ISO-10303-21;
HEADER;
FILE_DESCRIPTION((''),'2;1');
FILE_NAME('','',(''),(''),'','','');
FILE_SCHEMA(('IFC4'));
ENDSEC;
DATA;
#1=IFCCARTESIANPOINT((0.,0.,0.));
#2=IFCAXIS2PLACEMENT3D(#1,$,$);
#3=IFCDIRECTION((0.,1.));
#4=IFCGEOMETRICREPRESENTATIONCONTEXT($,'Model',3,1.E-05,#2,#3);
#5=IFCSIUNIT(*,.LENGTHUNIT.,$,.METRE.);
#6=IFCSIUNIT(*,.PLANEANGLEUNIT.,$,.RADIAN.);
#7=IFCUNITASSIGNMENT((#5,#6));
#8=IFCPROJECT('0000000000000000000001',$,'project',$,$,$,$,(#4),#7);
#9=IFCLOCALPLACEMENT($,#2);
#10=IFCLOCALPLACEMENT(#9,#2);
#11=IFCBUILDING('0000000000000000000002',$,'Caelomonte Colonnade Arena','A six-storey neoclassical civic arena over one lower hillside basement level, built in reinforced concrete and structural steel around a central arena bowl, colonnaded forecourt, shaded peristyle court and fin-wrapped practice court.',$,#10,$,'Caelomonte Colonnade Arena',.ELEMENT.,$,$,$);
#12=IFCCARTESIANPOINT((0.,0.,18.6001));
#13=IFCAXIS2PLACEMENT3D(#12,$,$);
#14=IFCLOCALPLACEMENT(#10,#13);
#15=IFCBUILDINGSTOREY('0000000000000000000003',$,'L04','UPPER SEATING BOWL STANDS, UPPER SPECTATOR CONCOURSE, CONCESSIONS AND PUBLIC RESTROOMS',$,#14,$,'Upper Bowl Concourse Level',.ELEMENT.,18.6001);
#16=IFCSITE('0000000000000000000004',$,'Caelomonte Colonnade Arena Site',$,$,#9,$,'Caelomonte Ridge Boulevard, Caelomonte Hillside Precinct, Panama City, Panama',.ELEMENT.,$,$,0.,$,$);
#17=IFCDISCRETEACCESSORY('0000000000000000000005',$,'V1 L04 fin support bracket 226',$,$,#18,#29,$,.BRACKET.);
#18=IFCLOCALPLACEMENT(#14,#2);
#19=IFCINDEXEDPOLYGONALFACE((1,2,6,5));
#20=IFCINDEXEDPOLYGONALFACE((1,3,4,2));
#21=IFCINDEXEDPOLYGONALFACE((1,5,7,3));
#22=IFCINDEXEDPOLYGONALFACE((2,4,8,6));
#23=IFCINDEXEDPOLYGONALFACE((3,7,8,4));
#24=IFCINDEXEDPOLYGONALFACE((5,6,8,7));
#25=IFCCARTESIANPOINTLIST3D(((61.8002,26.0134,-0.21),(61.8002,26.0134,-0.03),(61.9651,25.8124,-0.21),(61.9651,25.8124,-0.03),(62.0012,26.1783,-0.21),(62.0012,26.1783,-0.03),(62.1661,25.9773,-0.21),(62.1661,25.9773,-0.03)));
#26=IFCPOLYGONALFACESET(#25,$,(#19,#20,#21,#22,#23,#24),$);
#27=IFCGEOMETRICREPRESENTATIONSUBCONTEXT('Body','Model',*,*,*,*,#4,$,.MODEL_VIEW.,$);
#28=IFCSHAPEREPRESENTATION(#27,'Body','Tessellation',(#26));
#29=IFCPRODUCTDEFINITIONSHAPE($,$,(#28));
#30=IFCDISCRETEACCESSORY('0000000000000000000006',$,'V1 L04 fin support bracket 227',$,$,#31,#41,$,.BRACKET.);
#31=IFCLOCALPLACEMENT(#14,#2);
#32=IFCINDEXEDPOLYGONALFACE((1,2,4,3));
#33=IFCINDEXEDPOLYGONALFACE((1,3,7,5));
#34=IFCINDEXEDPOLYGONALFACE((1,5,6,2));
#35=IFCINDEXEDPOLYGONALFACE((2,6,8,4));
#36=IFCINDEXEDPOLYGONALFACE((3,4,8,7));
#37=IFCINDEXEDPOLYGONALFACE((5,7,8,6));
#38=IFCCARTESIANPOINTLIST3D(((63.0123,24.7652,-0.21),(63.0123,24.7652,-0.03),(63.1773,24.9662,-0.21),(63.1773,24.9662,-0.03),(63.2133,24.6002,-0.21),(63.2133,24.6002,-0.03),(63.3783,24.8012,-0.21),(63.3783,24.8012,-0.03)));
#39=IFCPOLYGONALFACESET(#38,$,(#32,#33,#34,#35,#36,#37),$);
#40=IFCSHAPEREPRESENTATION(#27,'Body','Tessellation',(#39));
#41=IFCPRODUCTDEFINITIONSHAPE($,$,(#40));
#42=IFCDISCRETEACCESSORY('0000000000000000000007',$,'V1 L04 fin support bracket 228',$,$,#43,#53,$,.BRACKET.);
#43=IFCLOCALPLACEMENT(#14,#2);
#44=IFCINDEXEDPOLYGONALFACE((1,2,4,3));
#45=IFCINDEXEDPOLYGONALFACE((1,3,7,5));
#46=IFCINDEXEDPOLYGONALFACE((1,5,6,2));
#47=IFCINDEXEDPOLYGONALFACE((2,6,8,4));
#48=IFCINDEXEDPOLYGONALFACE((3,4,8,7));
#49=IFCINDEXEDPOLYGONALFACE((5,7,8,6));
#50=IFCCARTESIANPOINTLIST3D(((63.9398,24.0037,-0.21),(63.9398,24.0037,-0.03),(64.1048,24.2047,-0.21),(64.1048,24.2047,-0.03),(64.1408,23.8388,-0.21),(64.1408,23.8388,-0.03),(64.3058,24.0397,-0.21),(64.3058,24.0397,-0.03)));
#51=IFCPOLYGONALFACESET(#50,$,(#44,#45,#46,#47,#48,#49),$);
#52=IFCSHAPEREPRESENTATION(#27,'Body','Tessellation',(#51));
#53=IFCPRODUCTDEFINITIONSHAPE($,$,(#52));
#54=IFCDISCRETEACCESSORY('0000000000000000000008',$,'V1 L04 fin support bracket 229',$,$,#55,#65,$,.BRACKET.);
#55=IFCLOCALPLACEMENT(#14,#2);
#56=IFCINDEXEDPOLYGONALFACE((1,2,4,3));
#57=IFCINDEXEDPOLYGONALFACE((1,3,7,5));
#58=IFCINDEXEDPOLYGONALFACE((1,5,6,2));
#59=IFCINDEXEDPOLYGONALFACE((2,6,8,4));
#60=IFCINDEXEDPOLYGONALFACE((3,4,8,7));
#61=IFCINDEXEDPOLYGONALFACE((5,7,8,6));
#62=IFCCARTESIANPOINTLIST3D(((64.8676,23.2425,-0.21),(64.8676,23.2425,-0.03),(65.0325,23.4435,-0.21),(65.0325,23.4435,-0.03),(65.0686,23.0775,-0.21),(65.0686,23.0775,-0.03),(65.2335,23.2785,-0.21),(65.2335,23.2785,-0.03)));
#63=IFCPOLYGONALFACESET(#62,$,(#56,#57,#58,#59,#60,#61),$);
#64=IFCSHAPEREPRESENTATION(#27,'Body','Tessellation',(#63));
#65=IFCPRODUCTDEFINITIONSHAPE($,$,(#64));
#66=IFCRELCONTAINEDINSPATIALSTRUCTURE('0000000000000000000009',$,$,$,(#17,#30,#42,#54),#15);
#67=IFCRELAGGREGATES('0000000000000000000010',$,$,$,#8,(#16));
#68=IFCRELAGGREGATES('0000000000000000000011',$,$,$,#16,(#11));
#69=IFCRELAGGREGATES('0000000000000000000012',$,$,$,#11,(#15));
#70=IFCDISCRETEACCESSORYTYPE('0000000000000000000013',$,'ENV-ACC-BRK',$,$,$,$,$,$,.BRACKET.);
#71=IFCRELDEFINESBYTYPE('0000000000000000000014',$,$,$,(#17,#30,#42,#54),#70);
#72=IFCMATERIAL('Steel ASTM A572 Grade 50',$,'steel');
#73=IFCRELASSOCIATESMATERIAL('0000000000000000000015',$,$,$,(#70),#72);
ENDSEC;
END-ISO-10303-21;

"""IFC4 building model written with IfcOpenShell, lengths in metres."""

from ifc_helpers import new_model, si_unit, direction, frame, origin, origin_2d, place, context, subcontext, project, spatial, rectangle, extrude, material, type_object, element, save


model = new_model("IFC4")

# Units and contexts
model_context = context("Model", 3, precision=1e-05, world=origin(), true_north=direction((0.0, 1.0)))
body_context = subcontext(model_context, "Body", "Model", "MODEL_VIEW")
ifc_project = project(units=[si_unit("LENGTHUNIT", "METRE"), si_unit("PLANEANGLEUNIT", "RADIAN")], contexts=[model_context])

# Site, building, storey
site_placement = place(None, origin())
site = spatial("IfcSite", under=ifc_project, at=site_placement, Name="Caelomonte Colonnade Arena Site", LongName="Caelomonte Ridge Boulevard, Caelomonte Hillside Precinct, Panama City, Panama", CompositionType="ELEMENT", RefElevation=0.0)
building_placement = place(site_placement, origin())
building = spatial("IfcBuilding", under=site, at=building_placement, Name="Caelomonte Colonnade Arena", Description="A six-storey neoclassical civic arena over one lower hillside basement level, built in reinforced concrete and structural steel around a central arena bowl, colonnaded forecourt, shaded peristyle court and fin-wrapped practice court.", LongName="Caelomonte Colonnade Arena", CompositionType="ELEMENT")
storey_placement = place(building_placement, frame((0.0, 0.0, 18.6001)))
storey = spatial("IfcBuildingStorey", under=building, at=storey_placement, Name="L04", Description="UPPER SEATING BOWL STANDS, UPPER SPECTATOR CONCOURSE, CONCESSIONS AND PUBLIC RESTROOMS", LongName="Upper Bowl Concourse Level", CompositionType="ELEMENT", Elevation=18.6001)

# Discrete accessories
ifc_material_1 = material(Name="Steel ASTM A572 Grade 50", Category="steel")
discrete_accessory_type = type_object("IfcDiscreteAccessoryType", Name="ENV-ACC-BRK", PredefinedType="BRACKET", material=ifc_material_1)
for number, where, z_axis, x_axis, name in (
    (1, (61.9832, 25.9954, -0.21), (0.0, 0.0, 1.0), (0.634414, -0.772994, 0.0), "V1 L04 fin support bracket 226"),
    (2, (63.1953, 24.7832, -0.21), (0.0, 0.0, 1.0), (0.772994, -0.634414, 0.0), "V1 L04 fin support bracket 227"),
    (3, (64.1228, 24.0217, -0.21), (0.0, 0.0, 1.0), (0.772994, -0.634414, 0.0), "V1 L04 fin support bracket 228"),
    (4, (65.0505, 23.2605, -0.21), (0.0, 0.0, 1.0), (0.772994, -0.634414, 0.0), "V1 L04 fin support bracket 229"),
):
    element("IfcDiscreteAccessory", number, at=place(storey_placement, frame(where, z_axis=z_axis, x_axis=x_axis)), inside=storey, type_object=discrete_accessory_type, Name=name, PredefinedType="BRACKET", context=body_context, shape_type="SweptSolid", body=[
        extrude(rectangle(XDim=0.26, YDim=0.26, at=origin_2d()), origin(), (0.0, 0.0, 1.0), 0.1799),
    ])

save(model, "model.ifc")
